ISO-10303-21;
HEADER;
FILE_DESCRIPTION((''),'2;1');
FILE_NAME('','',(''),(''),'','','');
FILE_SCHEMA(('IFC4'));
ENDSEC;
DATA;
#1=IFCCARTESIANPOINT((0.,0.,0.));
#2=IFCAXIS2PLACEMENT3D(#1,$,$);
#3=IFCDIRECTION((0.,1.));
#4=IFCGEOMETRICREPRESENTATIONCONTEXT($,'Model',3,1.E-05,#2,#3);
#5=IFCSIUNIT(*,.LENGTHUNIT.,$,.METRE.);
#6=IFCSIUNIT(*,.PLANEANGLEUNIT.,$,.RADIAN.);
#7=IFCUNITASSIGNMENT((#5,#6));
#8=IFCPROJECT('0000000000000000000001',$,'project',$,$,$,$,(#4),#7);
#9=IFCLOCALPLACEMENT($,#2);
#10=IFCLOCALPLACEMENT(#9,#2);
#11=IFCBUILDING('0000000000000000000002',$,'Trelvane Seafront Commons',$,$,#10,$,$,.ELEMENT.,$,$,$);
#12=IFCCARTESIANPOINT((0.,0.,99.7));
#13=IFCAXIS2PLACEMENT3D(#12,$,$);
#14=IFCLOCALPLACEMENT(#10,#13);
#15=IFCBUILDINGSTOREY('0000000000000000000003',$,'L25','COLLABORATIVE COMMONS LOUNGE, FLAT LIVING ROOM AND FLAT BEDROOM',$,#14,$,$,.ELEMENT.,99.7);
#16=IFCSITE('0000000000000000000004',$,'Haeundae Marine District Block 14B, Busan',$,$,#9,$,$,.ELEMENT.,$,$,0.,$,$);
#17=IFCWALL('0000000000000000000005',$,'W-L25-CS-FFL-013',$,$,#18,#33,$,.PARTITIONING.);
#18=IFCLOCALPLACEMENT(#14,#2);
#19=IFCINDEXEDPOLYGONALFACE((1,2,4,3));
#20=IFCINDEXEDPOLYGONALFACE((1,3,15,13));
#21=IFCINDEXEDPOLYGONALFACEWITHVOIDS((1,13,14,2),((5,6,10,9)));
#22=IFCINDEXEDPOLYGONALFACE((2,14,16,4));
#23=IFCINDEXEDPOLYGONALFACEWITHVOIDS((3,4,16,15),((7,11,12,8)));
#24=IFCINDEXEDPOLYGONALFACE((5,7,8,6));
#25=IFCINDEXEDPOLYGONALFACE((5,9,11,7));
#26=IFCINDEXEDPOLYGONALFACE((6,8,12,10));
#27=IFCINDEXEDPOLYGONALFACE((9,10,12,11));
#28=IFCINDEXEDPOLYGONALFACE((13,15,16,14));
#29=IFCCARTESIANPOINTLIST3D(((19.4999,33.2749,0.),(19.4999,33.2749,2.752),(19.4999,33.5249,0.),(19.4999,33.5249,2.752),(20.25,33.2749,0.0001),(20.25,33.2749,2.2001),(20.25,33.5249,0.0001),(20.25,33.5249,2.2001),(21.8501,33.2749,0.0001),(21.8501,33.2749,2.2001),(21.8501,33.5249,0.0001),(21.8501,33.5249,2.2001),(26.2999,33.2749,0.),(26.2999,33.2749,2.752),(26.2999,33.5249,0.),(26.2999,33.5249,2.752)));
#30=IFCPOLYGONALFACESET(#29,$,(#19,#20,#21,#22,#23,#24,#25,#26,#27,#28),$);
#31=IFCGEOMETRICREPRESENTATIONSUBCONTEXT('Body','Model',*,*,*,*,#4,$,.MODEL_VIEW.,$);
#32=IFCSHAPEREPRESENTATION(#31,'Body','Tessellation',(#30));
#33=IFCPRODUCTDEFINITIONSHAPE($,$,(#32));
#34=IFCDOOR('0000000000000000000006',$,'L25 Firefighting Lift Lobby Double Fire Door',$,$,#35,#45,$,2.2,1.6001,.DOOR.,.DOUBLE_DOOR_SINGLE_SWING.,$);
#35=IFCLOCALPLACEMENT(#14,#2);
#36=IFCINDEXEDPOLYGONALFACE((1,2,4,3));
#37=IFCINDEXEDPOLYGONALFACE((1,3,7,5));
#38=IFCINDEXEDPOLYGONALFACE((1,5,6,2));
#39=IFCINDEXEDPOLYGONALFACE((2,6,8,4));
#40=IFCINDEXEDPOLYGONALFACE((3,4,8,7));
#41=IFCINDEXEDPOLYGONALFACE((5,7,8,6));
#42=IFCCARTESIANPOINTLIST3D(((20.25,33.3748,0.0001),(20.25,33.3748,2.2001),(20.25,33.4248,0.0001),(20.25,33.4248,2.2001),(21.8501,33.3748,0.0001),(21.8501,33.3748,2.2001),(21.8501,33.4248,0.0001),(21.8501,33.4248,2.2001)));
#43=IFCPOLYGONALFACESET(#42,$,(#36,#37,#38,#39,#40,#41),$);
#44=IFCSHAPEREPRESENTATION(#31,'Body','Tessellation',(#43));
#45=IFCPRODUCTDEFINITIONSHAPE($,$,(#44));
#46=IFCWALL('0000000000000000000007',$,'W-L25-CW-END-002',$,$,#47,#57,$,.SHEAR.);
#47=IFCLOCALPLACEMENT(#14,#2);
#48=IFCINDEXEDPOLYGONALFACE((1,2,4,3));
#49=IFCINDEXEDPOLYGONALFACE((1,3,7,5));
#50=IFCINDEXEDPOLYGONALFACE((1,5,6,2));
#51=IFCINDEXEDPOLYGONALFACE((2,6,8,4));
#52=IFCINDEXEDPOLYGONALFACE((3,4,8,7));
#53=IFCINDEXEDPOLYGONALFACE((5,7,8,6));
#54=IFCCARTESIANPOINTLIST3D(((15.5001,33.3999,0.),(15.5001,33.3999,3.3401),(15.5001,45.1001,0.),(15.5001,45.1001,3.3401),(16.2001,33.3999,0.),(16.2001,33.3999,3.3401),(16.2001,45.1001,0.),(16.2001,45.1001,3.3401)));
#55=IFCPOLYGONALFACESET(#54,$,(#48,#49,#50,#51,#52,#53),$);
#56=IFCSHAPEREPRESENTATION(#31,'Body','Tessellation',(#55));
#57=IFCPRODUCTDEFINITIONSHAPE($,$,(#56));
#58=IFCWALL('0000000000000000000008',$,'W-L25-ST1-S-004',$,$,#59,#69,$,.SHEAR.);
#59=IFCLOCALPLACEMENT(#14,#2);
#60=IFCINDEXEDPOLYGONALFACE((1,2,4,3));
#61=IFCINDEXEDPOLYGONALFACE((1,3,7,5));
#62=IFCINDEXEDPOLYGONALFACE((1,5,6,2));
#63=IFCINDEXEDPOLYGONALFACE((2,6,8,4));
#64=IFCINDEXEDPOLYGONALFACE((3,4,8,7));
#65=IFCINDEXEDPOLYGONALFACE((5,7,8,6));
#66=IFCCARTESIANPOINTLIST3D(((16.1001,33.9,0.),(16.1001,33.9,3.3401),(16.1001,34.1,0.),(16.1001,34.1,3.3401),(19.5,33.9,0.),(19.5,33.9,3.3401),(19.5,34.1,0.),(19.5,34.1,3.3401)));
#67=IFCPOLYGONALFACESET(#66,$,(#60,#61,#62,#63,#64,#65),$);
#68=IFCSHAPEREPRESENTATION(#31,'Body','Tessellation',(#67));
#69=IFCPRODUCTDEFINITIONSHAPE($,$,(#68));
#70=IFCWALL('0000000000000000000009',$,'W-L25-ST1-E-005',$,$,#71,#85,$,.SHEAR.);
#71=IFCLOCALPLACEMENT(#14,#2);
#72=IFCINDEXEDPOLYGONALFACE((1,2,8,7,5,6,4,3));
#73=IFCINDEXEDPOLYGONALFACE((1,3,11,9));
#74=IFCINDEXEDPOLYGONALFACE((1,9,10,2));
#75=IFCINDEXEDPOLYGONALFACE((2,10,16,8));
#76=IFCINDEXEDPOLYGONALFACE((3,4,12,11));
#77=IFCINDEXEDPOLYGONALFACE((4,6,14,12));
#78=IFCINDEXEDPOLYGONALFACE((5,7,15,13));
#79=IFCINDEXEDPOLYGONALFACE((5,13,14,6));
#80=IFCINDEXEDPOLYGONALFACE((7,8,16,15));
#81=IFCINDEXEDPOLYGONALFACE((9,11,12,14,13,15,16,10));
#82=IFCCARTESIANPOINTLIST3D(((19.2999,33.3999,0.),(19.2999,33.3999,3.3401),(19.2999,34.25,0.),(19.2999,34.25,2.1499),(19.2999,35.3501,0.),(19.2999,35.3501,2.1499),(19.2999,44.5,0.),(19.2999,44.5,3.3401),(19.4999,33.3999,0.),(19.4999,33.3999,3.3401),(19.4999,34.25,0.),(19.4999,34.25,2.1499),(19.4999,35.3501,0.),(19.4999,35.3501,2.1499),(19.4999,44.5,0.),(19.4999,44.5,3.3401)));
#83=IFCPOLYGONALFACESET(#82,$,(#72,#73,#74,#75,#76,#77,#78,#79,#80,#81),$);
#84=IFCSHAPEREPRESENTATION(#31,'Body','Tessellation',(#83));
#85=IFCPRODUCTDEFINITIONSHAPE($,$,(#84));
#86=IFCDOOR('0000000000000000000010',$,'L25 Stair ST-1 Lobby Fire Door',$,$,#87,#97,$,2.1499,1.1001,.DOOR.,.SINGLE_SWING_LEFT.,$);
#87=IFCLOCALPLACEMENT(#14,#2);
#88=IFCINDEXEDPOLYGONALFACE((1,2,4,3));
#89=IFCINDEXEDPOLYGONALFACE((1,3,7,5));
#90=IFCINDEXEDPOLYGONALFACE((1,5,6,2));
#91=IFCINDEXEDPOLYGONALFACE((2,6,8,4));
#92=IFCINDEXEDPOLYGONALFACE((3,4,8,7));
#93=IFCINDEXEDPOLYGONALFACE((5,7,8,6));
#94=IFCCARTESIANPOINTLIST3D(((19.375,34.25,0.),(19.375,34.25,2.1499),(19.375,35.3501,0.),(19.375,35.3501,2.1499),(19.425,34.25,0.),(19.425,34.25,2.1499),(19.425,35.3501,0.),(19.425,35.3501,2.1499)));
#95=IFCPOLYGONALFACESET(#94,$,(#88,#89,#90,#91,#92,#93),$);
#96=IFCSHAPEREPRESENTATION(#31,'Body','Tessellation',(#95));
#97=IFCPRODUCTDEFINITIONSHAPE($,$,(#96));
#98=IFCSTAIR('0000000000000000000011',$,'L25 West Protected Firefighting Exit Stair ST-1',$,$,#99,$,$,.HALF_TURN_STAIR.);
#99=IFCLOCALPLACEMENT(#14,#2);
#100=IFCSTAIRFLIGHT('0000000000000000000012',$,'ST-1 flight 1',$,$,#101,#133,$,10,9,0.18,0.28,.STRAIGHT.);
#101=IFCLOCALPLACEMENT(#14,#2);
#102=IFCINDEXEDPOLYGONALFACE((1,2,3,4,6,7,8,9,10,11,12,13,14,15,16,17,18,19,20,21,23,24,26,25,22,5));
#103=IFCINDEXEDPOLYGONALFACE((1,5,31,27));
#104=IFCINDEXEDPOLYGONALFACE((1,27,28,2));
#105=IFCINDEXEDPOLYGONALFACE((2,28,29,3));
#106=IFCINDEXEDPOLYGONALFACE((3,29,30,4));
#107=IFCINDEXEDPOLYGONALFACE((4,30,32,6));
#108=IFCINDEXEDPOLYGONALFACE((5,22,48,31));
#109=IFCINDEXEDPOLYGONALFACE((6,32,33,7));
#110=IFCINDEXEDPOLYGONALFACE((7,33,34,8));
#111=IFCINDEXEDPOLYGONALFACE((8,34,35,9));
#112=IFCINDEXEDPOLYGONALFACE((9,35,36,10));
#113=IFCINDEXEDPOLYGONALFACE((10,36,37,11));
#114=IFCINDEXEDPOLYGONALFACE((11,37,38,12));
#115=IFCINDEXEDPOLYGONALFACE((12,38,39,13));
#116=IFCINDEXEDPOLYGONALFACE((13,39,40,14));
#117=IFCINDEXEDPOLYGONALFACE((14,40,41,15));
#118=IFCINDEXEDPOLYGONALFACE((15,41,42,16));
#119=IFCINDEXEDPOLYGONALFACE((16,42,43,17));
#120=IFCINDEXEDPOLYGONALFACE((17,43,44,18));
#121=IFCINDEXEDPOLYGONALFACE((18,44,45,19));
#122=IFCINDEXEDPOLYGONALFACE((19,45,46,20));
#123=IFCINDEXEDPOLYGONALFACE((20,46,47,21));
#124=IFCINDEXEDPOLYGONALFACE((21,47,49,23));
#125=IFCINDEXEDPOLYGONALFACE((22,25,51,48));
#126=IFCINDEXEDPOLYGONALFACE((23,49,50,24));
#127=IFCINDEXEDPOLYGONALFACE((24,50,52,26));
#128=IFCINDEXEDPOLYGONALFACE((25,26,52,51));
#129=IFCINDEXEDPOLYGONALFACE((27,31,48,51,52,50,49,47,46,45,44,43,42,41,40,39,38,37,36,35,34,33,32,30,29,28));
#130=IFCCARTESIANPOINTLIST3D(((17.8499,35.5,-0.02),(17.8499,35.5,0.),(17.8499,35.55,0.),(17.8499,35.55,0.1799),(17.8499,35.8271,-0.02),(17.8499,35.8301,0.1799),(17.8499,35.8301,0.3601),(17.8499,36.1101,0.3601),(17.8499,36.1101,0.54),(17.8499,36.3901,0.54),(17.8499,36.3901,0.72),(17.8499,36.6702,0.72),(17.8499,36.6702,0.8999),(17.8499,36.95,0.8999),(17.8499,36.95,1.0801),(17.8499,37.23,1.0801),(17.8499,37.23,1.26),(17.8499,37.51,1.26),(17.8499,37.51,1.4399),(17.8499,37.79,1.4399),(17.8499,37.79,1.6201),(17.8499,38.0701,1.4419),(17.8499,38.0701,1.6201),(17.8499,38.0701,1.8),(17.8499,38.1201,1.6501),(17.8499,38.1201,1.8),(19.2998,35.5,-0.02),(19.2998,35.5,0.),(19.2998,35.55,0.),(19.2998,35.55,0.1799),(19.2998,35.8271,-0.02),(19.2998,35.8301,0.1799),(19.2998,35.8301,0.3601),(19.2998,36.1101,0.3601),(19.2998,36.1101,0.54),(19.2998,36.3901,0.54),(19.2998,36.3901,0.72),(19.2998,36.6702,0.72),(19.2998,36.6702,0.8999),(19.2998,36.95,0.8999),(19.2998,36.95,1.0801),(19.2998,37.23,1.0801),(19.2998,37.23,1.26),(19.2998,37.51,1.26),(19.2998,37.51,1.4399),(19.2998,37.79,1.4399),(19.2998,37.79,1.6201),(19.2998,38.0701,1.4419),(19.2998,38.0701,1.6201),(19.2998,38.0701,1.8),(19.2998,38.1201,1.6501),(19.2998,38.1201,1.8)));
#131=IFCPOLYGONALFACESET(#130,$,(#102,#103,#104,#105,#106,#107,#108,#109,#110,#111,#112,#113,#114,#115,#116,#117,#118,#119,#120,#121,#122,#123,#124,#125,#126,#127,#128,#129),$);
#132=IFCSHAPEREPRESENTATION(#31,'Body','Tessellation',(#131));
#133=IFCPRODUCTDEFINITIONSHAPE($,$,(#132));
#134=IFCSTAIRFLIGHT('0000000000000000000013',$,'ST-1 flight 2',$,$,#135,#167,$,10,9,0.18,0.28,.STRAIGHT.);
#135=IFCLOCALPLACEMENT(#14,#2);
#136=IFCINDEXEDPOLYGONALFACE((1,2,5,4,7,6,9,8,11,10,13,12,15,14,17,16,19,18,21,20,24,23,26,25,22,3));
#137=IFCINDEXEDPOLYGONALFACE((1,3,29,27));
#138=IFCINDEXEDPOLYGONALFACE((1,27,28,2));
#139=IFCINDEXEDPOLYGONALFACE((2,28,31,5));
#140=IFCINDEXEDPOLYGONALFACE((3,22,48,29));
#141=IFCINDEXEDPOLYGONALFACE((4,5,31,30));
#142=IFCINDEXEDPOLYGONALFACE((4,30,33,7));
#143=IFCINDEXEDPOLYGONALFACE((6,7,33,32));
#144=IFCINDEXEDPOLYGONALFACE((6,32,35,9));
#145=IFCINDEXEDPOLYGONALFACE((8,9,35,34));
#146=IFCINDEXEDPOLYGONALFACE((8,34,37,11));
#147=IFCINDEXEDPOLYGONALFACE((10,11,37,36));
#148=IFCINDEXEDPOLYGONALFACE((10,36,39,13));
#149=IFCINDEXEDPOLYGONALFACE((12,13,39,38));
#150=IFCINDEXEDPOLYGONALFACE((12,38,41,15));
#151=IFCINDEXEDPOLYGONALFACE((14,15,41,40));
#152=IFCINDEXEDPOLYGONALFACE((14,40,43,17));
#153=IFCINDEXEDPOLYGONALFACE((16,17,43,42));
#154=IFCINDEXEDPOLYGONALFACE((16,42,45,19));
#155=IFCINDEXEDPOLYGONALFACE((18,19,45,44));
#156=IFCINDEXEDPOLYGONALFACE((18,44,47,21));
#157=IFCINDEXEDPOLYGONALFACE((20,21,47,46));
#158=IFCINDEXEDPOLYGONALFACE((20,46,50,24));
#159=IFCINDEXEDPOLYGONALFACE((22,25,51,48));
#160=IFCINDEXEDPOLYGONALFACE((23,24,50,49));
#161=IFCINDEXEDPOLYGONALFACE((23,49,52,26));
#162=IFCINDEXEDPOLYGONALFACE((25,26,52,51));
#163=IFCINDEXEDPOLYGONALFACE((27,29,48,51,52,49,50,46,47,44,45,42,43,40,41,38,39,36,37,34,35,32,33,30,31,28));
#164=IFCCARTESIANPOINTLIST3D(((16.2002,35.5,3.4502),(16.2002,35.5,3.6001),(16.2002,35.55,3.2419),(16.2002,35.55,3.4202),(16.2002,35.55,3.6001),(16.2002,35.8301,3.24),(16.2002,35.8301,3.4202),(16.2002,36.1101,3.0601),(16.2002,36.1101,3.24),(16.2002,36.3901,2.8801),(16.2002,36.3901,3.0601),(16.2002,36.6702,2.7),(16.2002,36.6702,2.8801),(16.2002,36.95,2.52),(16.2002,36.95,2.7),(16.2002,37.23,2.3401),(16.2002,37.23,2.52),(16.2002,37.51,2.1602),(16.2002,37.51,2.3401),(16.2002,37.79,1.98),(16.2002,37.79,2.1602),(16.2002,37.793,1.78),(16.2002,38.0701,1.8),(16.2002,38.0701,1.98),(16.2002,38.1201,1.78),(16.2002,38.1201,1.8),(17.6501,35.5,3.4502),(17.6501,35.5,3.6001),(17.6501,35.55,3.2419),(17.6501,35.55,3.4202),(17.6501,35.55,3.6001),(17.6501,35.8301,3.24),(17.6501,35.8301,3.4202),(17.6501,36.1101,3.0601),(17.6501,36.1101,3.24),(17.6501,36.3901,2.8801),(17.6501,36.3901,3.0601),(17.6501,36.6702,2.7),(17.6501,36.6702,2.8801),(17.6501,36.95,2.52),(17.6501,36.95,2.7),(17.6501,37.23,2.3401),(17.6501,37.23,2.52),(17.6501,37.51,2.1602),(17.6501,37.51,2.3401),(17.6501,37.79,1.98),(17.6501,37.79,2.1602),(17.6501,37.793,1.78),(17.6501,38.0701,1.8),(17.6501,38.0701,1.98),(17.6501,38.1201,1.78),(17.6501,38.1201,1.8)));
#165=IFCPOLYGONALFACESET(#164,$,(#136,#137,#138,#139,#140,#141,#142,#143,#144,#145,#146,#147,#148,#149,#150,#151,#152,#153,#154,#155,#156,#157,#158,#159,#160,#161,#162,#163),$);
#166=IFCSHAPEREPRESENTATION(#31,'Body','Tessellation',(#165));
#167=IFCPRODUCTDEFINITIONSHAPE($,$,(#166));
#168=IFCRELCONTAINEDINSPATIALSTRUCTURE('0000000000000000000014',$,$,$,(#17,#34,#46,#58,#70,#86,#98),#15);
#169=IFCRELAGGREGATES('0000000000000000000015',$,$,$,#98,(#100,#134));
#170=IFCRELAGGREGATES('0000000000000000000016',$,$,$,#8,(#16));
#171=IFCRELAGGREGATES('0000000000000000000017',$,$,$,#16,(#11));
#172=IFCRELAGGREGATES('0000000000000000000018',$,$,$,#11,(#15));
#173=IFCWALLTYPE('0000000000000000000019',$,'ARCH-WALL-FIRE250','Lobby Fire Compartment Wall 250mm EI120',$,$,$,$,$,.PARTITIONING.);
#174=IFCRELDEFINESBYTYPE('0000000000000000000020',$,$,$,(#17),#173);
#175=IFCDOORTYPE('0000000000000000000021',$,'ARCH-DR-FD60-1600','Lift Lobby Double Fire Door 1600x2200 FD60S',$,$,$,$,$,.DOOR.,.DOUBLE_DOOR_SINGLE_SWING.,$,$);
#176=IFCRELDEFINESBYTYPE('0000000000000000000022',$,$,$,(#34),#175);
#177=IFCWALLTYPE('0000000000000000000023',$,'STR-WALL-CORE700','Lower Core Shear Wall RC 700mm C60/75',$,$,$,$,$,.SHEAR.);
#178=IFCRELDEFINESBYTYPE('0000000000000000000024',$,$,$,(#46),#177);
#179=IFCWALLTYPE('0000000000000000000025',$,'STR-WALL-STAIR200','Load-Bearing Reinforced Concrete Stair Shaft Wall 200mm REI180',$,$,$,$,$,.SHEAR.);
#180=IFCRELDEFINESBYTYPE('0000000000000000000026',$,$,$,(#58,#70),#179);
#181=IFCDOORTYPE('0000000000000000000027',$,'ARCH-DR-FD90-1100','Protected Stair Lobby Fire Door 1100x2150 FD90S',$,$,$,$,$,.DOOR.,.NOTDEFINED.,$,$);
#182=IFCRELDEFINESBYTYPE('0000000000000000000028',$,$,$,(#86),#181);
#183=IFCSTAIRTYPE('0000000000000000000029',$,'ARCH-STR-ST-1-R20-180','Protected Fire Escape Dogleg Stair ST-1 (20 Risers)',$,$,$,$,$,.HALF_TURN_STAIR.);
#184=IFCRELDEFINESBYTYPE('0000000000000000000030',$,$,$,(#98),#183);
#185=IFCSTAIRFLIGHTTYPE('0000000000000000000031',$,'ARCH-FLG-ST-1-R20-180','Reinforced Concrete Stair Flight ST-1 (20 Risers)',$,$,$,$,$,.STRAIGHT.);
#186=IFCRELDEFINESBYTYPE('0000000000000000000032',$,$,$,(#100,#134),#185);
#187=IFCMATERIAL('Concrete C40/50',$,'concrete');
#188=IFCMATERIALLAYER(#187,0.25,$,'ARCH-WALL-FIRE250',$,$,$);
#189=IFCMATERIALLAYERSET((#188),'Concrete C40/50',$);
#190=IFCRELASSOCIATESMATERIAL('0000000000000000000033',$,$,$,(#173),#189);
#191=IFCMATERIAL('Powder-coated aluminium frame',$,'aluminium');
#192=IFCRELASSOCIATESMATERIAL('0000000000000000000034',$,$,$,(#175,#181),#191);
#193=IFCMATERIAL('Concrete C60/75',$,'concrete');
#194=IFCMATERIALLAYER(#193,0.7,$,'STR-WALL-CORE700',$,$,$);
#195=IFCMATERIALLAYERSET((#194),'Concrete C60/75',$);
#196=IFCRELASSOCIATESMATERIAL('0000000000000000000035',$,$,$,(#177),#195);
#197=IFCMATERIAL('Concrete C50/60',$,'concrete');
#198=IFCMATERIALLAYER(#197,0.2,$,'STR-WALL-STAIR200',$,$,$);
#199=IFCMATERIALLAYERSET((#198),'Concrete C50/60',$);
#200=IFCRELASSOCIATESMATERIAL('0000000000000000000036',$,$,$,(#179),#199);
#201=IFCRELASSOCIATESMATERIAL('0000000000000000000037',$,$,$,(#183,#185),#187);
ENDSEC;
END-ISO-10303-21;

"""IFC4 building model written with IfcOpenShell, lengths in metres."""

from ifc_helpers import new_model, si_unit, direction, frame, frame_2d, origin, place, context, subcontext, project, spatial, polyline, rectangle, outline, extrude, source, transform, mapped, material, layer, layer_set, type_object, element, fill, aggregate, save


model = new_model("IFC4")

# Units and contexts
model_context = context("Model", 3, precision=1e-05, world=origin(), true_north=direction((0.0, 1.0)))
body_context = subcontext(model_context, "Body", "Model", "MODEL_VIEW")
ifc_project = project(units=[si_unit("LENGTHUNIT", "METRE"), si_unit("PLANEANGLEUNIT", "RADIAN")], contexts=[model_context])

# Site, building, storey
site_placement = place(None, origin())
site = spatial("IfcSite", under=ifc_project, at=site_placement, Name="Haeundae Marine District Block 14B, Busan", CompositionType="ELEMENT", RefElevation=0.0)
building_placement = place(site_placement, origin())
building = spatial("IfcBuilding", under=site, at=building_placement, Name="Trelvane Seafront Commons", CompositionType="ELEMENT")
storey_placement = place(building_placement, frame((0.0, 0.0, 99.7)))
storey = spatial("IfcBuildingStorey", under=building, at=storey_placement, Name="L25", Description="COLLABORATIVE COMMONS LOUNGE, FLAT LIVING ROOM AND FLAT BEDROOM", CompositionType="ELEMENT", Elevation=99.7)

# Shared definitions
ifc_material_1 = material(Name="Concrete C60/75", Category="concrete")

# Wall, opening, door
ifc_material_2 = material(Name="Concrete C40/50", Category="concrete")
ifc_layer_1 = layer(ifc_material_2, 0.25, Name="ARCH-WALL-FIRE250")
ifc_layer_set_1 = layer_set([ifc_layer_1], Name="Concrete C40/50")
wall_type_1 = type_object("IfcWallType", Name="ARCH-WALL-FIRE250", Description="Lobby Fire Compartment Wall 250mm EI120", PredefinedType="PARTITIONING", material=ifc_layer_set_1)
wall_1_placement = place(storey_placement, frame((19.5, 33.3999, 0.0), z_axis=(0.0, 0.0, 1.0), x_axis=(1.0, 0.0, 0.0)))
wall_1 = element("IfcWall", 1, at=wall_1_placement, inside=storey, type_object=wall_type_1, Name="W-L25-CS-FFL-013", PredefinedType="PARTITIONING", context=body_context, shape_type="SweptSolid", body=[
    extrude(rectangle(XDim=6.8, YDim=0.25, at=frame_2d((3.3999, 0.0))), origin(), (0.0, 0.0, 1.0), 2.752),
])
opening_1_placement = place(wall_1_placement, frame((0.75, 0.0, 0.0)))
opening_1 = element("IfcOpeningElement", 2, at=opening_1_placement, cuts=wall_1, PredefinedType="OPENING", context=body_context, shape_type="SweptSolid", body=[
    extrude(rectangle(XDim=1.6001, YDim=2.2, at=frame_2d((0.8, 1.1001))), frame((0.0, 0.135, 0.0), z_axis=(0.0, -1.0, 0.0), x_axis=(1.0, 0.0, 0.0)), (0.0, 0.0, 1.0), 0.27),
])
ifc_material_3 = material(Name="Powder-coated aluminium frame", Category="aluminium")
door_type_1 = type_object("IfcDoorType", Name="ARCH-DR-FD60-1600", Description="Lift Lobby Double Fire Door 1600x2200 FD60S", OperationType="DOUBLE_DOOR_SINGLE_SWING", PredefinedType="DOOR", material=ifc_material_3)
shared_shape_1 = source(origin(), body_context, "Body", "SweptSolid", [
    extrude(rectangle(XDim=1.6001, YDim=2.2, at=frame_2d((0.8, 1.1001))), frame((0.0, 0.0249, 0.0), z_axis=(0.0, -1.0, 0.0), x_axis=(1.0, 0.0, 0.0)), (0.0, 0.0, 1.0), 0.05),
])
door_1_placement = place(opening_1_placement, origin())
door_1 = element("IfcDoor", 3, at=door_1_placement, inside=storey, type_object=door_type_1, Name="L25 Firefighting Lift Lobby Double Fire Door", OperationType="DOUBLE_DOOR_SINGLE_SWING", OverallHeight=2.2, OverallWidth=1.6001, PredefinedType="DOOR", context=body_context, shape_type="MappedRepresentation", body=[
    mapped(shared_shape_1, transform((0.0, 0.0, 0.0), x_axis=(1.0, 0.0, 0.0), y_axis=(0.0, 1.0, 0.0), z_axis=(0.0, 0.0, 1.0), scale=1.0)),
])
fill(opening_1, door_1)

# Shared definitions
shared_shape_2 = source(origin(), body_context, "Body", "SweptSolid", [
    extrude(rectangle(XDim=1.1001, YDim=2.1499, at=frame_2d((0.55, 1.075))), frame((0.0, 0.0249, 0.0), z_axis=(0.0, -1.0, 0.0), x_axis=(1.0, 0.0, 0.0)), (0.0, 0.0, 1.0), 0.05),
])

# Walls
ifc_layer_2 = layer(ifc_material_1, 0.7, Name="STR-WALL-CORE700")
ifc_layer_set_2 = layer_set([ifc_layer_2], Name="Concrete C60/75")
wall_type_2 = type_object("IfcWallType", Name="STR-WALL-CORE700", Description="Lower Core Shear Wall RC 700mm C60/75", PredefinedType="SHEAR", material=ifc_layer_set_2)
wall_2_placement = place(storey_placement, frame((15.8501, 33.3999, 0.0), z_axis=(0.0, 0.0, 1.0), x_axis=(0.0, 1.0, 0.0)))
element("IfcWall", 4, at=wall_2_placement, inside=storey, type_object=wall_type_2, Name="W-L25-CW-END-002", PredefinedType="SHEAR", context=body_context, shape_type="SweptSolid", body=[
    extrude(rectangle(XDim=11.7002, YDim=0.7, at=frame_2d((5.8501, 0.0))), origin(), (0.0, 0.0, 1.0), 3.3401),
])
ifc_material_4 = material(Name="Concrete C50/60", Category="concrete")
ifc_layer_3 = layer(ifc_material_4, 0.2, Name="STR-WALL-STAIR200")
ifc_layer_set_3 = layer_set([ifc_layer_3], Name="Concrete C50/60")
wall_type_3 = type_object("IfcWallType", Name="STR-WALL-STAIR200", Description="Load-Bearing Reinforced Concrete Stair Shaft Wall 200mm REI180", PredefinedType="SHEAR", material=ifc_layer_set_3)
wall_3_placement = place(storey_placement, frame((16.1001, 34.0, 0.0), z_axis=(0.0, 0.0, 1.0), x_axis=(1.0, 0.0, 0.0)))
element("IfcWall", 5, at=wall_3_placement, inside=storey, type_object=wall_type_3, Name="W-L25-ST1-S-004", PredefinedType="SHEAR", context=body_context, shape_type="SweptSolid", body=[
    extrude(rectangle(XDim=3.3999, YDim=0.2, at=frame_2d((1.7, 0.0))), origin(), (0.0, 0.0, 1.0), 3.3401),
])

# Wall, opening, door
wall_4_placement = place(storey_placement, frame((19.3999, 33.3999, 0.0), z_axis=(0.0, 0.0, 1.0), x_axis=(0.0, 1.0, 0.0)))
wall_4 = element("IfcWall", 6, at=wall_4_placement, inside=storey, type_object=wall_type_3, Name="W-L25-ST1-E-005", PredefinedType="SHEAR", context=body_context, shape_type="SweptSolid", body=[
    extrude(rectangle(XDim=11.1001, YDim=0.2, at=frame_2d((5.55, 0.0))), origin(), (0.0, 0.0, 1.0), 3.3401),
])
opening_2_placement = place(wall_4_placement, frame((0.8501, 0.0, 0.0)))
opening_2 = element("IfcOpeningElement", 7, at=opening_2_placement, cuts=wall_4, PredefinedType="OPENING", context=body_context, shape_type="SweptSolid", body=[
    extrude(rectangle(XDim=1.1001, YDim=2.1499, at=frame_2d((0.55, 1.075))), frame((0.0, 0.1099, 0.0), z_axis=(0.0, -1.0, 0.0), x_axis=(1.0, 0.0, 0.0)), (0.0, 0.0, 1.0), 0.22),
])
door_type_2 = type_object("IfcDoorType", Name="ARCH-DR-FD90-1100", Description="Protected Stair Lobby Fire Door 1100x2150 FD90S", OperationType="NOTDEFINED", PredefinedType="DOOR", material=ifc_material_3)
door_2_placement = place(opening_2_placement, origin())
door_2 = element("IfcDoor", 8, at=door_2_placement, inside=storey, type_object=door_type_2, Name="L25 Stair ST-1 Lobby Fire Door", OperationType="SINGLE_SWING_LEFT", OverallHeight=2.1499, OverallWidth=1.1001, PredefinedType="DOOR", context=body_context, shape_type="MappedRepresentation", body=[
    mapped(shared_shape_2, transform((0.0, 0.0, 0.0), x_axis=(1.0, 0.0, 0.0), y_axis=(0.0, 1.0, 0.0), z_axis=(0.0, 0.0, 1.0), scale=1.0)),
])
fill(opening_2, door_2)

# Stair, stair flights
stair_type = type_object("IfcStairType", Name="ARCH-STR-ST-1-R20-180", Description="Protected Fire Escape Dogleg Stair ST-1 (20 Risers)", PredefinedType="HALF_TURN_STAIR", material=ifc_material_2)
stair_placement = place(storey_placement, origin())
stair = element("IfcStair", 9, at=stair_placement, inside=storey, type_object=stair_type, Name="L25 West Protected Firefighting Exit Stair ST-1", PredefinedType="HALF_TURN_STAIR")
stair_flight_type = type_object("IfcStairFlightType", Name="ARCH-FLG-ST-1-R20-180", Description="Reinforced Concrete Stair Flight ST-1 (20 Risers)", PredefinedType="STRAIGHT", material=ifc_material_2)
shared_shape_3 = source(origin(), body_context, "Body", "SweptSolid", [
    extrude(outline(polyline([(-0.05, -0.02), (-0.05, 0.0), (0.0, 0.0), (0.0, 0.1799), (0.28, 0.1799), (0.28, 0.3601), (0.5601, 0.3601), (0.5601, 0.54), (0.8401, 0.54), (0.8401, 0.72), (1.1201, 0.72), (1.1201, 0.8999), (1.3999, 0.8999), (1.3999, 1.0801), (1.6799, 1.0801), (1.6799, 1.26), (1.96, 1.26), (1.96, 1.4399), (2.24, 1.4399), (2.24, 1.6201), (2.52, 1.6201), (2.52, 1.8), (2.5701, 1.8), (2.5701, 1.6501), (2.52, 1.4419), (0.2771, -0.02), (-0.05, -0.02)])), frame((0.0, 0.7251, 0.0), z_axis=(0.0, -1.0, 0.0), x_axis=(1.0, 0.0, 0.0)), (0.0, 0.0, 1.0), 1.45),
])
stair_flight_1_placement = place(storey_placement, frame((18.575, 35.55, 0.0), z_axis=(0.0, 0.0, 1.0), x_axis=(0.0, 1.0, 0.0)))
stair_flight_1 = element("IfcStairFlight", 10, at=stair_flight_1_placement, type_object=stair_flight_type, Name="ST-1 flight 1", NumberOfRisers=10, NumberOfTreads=9, PredefinedType="STRAIGHT", RiserHeight=0.18, TreadLength=0.28, context=body_context, shape_type="MappedRepresentation", body=[
    mapped(shared_shape_3, transform((0.0, 0.0, 0.0), x_axis=(1.0, 0.0, 0.0), y_axis=(0.0, 1.0, 0.0), z_axis=(0.0, 0.0, 1.0), scale=1.0)),
])
stair_flight_2_placement = place(storey_placement, frame((16.925, 38.0701, 1.8), z_axis=(0.0, 0.0, 1.0), x_axis=(0.0, -1.0, 0.0)))
stair_flight_2 = element("IfcStairFlight", 11, at=stair_flight_2_placement, type_object=stair_flight_type, Name="ST-1 flight 2", NumberOfRisers=10, NumberOfTreads=9, PredefinedType="STRAIGHT", RiserHeight=0.18, TreadLength=0.28, context=body_context, shape_type="MappedRepresentation", body=[
    mapped(shared_shape_3, transform((0.0, 0.0, 0.0), x_axis=(1.0, 0.0, 0.0), y_axis=(0.0, 1.0, 0.0), z_axis=(0.0, 0.0, 1.0), scale=1.0)),
])
aggregate(stair, [stair_flight_1, stair_flight_2])

save(model, "model.ifc")
